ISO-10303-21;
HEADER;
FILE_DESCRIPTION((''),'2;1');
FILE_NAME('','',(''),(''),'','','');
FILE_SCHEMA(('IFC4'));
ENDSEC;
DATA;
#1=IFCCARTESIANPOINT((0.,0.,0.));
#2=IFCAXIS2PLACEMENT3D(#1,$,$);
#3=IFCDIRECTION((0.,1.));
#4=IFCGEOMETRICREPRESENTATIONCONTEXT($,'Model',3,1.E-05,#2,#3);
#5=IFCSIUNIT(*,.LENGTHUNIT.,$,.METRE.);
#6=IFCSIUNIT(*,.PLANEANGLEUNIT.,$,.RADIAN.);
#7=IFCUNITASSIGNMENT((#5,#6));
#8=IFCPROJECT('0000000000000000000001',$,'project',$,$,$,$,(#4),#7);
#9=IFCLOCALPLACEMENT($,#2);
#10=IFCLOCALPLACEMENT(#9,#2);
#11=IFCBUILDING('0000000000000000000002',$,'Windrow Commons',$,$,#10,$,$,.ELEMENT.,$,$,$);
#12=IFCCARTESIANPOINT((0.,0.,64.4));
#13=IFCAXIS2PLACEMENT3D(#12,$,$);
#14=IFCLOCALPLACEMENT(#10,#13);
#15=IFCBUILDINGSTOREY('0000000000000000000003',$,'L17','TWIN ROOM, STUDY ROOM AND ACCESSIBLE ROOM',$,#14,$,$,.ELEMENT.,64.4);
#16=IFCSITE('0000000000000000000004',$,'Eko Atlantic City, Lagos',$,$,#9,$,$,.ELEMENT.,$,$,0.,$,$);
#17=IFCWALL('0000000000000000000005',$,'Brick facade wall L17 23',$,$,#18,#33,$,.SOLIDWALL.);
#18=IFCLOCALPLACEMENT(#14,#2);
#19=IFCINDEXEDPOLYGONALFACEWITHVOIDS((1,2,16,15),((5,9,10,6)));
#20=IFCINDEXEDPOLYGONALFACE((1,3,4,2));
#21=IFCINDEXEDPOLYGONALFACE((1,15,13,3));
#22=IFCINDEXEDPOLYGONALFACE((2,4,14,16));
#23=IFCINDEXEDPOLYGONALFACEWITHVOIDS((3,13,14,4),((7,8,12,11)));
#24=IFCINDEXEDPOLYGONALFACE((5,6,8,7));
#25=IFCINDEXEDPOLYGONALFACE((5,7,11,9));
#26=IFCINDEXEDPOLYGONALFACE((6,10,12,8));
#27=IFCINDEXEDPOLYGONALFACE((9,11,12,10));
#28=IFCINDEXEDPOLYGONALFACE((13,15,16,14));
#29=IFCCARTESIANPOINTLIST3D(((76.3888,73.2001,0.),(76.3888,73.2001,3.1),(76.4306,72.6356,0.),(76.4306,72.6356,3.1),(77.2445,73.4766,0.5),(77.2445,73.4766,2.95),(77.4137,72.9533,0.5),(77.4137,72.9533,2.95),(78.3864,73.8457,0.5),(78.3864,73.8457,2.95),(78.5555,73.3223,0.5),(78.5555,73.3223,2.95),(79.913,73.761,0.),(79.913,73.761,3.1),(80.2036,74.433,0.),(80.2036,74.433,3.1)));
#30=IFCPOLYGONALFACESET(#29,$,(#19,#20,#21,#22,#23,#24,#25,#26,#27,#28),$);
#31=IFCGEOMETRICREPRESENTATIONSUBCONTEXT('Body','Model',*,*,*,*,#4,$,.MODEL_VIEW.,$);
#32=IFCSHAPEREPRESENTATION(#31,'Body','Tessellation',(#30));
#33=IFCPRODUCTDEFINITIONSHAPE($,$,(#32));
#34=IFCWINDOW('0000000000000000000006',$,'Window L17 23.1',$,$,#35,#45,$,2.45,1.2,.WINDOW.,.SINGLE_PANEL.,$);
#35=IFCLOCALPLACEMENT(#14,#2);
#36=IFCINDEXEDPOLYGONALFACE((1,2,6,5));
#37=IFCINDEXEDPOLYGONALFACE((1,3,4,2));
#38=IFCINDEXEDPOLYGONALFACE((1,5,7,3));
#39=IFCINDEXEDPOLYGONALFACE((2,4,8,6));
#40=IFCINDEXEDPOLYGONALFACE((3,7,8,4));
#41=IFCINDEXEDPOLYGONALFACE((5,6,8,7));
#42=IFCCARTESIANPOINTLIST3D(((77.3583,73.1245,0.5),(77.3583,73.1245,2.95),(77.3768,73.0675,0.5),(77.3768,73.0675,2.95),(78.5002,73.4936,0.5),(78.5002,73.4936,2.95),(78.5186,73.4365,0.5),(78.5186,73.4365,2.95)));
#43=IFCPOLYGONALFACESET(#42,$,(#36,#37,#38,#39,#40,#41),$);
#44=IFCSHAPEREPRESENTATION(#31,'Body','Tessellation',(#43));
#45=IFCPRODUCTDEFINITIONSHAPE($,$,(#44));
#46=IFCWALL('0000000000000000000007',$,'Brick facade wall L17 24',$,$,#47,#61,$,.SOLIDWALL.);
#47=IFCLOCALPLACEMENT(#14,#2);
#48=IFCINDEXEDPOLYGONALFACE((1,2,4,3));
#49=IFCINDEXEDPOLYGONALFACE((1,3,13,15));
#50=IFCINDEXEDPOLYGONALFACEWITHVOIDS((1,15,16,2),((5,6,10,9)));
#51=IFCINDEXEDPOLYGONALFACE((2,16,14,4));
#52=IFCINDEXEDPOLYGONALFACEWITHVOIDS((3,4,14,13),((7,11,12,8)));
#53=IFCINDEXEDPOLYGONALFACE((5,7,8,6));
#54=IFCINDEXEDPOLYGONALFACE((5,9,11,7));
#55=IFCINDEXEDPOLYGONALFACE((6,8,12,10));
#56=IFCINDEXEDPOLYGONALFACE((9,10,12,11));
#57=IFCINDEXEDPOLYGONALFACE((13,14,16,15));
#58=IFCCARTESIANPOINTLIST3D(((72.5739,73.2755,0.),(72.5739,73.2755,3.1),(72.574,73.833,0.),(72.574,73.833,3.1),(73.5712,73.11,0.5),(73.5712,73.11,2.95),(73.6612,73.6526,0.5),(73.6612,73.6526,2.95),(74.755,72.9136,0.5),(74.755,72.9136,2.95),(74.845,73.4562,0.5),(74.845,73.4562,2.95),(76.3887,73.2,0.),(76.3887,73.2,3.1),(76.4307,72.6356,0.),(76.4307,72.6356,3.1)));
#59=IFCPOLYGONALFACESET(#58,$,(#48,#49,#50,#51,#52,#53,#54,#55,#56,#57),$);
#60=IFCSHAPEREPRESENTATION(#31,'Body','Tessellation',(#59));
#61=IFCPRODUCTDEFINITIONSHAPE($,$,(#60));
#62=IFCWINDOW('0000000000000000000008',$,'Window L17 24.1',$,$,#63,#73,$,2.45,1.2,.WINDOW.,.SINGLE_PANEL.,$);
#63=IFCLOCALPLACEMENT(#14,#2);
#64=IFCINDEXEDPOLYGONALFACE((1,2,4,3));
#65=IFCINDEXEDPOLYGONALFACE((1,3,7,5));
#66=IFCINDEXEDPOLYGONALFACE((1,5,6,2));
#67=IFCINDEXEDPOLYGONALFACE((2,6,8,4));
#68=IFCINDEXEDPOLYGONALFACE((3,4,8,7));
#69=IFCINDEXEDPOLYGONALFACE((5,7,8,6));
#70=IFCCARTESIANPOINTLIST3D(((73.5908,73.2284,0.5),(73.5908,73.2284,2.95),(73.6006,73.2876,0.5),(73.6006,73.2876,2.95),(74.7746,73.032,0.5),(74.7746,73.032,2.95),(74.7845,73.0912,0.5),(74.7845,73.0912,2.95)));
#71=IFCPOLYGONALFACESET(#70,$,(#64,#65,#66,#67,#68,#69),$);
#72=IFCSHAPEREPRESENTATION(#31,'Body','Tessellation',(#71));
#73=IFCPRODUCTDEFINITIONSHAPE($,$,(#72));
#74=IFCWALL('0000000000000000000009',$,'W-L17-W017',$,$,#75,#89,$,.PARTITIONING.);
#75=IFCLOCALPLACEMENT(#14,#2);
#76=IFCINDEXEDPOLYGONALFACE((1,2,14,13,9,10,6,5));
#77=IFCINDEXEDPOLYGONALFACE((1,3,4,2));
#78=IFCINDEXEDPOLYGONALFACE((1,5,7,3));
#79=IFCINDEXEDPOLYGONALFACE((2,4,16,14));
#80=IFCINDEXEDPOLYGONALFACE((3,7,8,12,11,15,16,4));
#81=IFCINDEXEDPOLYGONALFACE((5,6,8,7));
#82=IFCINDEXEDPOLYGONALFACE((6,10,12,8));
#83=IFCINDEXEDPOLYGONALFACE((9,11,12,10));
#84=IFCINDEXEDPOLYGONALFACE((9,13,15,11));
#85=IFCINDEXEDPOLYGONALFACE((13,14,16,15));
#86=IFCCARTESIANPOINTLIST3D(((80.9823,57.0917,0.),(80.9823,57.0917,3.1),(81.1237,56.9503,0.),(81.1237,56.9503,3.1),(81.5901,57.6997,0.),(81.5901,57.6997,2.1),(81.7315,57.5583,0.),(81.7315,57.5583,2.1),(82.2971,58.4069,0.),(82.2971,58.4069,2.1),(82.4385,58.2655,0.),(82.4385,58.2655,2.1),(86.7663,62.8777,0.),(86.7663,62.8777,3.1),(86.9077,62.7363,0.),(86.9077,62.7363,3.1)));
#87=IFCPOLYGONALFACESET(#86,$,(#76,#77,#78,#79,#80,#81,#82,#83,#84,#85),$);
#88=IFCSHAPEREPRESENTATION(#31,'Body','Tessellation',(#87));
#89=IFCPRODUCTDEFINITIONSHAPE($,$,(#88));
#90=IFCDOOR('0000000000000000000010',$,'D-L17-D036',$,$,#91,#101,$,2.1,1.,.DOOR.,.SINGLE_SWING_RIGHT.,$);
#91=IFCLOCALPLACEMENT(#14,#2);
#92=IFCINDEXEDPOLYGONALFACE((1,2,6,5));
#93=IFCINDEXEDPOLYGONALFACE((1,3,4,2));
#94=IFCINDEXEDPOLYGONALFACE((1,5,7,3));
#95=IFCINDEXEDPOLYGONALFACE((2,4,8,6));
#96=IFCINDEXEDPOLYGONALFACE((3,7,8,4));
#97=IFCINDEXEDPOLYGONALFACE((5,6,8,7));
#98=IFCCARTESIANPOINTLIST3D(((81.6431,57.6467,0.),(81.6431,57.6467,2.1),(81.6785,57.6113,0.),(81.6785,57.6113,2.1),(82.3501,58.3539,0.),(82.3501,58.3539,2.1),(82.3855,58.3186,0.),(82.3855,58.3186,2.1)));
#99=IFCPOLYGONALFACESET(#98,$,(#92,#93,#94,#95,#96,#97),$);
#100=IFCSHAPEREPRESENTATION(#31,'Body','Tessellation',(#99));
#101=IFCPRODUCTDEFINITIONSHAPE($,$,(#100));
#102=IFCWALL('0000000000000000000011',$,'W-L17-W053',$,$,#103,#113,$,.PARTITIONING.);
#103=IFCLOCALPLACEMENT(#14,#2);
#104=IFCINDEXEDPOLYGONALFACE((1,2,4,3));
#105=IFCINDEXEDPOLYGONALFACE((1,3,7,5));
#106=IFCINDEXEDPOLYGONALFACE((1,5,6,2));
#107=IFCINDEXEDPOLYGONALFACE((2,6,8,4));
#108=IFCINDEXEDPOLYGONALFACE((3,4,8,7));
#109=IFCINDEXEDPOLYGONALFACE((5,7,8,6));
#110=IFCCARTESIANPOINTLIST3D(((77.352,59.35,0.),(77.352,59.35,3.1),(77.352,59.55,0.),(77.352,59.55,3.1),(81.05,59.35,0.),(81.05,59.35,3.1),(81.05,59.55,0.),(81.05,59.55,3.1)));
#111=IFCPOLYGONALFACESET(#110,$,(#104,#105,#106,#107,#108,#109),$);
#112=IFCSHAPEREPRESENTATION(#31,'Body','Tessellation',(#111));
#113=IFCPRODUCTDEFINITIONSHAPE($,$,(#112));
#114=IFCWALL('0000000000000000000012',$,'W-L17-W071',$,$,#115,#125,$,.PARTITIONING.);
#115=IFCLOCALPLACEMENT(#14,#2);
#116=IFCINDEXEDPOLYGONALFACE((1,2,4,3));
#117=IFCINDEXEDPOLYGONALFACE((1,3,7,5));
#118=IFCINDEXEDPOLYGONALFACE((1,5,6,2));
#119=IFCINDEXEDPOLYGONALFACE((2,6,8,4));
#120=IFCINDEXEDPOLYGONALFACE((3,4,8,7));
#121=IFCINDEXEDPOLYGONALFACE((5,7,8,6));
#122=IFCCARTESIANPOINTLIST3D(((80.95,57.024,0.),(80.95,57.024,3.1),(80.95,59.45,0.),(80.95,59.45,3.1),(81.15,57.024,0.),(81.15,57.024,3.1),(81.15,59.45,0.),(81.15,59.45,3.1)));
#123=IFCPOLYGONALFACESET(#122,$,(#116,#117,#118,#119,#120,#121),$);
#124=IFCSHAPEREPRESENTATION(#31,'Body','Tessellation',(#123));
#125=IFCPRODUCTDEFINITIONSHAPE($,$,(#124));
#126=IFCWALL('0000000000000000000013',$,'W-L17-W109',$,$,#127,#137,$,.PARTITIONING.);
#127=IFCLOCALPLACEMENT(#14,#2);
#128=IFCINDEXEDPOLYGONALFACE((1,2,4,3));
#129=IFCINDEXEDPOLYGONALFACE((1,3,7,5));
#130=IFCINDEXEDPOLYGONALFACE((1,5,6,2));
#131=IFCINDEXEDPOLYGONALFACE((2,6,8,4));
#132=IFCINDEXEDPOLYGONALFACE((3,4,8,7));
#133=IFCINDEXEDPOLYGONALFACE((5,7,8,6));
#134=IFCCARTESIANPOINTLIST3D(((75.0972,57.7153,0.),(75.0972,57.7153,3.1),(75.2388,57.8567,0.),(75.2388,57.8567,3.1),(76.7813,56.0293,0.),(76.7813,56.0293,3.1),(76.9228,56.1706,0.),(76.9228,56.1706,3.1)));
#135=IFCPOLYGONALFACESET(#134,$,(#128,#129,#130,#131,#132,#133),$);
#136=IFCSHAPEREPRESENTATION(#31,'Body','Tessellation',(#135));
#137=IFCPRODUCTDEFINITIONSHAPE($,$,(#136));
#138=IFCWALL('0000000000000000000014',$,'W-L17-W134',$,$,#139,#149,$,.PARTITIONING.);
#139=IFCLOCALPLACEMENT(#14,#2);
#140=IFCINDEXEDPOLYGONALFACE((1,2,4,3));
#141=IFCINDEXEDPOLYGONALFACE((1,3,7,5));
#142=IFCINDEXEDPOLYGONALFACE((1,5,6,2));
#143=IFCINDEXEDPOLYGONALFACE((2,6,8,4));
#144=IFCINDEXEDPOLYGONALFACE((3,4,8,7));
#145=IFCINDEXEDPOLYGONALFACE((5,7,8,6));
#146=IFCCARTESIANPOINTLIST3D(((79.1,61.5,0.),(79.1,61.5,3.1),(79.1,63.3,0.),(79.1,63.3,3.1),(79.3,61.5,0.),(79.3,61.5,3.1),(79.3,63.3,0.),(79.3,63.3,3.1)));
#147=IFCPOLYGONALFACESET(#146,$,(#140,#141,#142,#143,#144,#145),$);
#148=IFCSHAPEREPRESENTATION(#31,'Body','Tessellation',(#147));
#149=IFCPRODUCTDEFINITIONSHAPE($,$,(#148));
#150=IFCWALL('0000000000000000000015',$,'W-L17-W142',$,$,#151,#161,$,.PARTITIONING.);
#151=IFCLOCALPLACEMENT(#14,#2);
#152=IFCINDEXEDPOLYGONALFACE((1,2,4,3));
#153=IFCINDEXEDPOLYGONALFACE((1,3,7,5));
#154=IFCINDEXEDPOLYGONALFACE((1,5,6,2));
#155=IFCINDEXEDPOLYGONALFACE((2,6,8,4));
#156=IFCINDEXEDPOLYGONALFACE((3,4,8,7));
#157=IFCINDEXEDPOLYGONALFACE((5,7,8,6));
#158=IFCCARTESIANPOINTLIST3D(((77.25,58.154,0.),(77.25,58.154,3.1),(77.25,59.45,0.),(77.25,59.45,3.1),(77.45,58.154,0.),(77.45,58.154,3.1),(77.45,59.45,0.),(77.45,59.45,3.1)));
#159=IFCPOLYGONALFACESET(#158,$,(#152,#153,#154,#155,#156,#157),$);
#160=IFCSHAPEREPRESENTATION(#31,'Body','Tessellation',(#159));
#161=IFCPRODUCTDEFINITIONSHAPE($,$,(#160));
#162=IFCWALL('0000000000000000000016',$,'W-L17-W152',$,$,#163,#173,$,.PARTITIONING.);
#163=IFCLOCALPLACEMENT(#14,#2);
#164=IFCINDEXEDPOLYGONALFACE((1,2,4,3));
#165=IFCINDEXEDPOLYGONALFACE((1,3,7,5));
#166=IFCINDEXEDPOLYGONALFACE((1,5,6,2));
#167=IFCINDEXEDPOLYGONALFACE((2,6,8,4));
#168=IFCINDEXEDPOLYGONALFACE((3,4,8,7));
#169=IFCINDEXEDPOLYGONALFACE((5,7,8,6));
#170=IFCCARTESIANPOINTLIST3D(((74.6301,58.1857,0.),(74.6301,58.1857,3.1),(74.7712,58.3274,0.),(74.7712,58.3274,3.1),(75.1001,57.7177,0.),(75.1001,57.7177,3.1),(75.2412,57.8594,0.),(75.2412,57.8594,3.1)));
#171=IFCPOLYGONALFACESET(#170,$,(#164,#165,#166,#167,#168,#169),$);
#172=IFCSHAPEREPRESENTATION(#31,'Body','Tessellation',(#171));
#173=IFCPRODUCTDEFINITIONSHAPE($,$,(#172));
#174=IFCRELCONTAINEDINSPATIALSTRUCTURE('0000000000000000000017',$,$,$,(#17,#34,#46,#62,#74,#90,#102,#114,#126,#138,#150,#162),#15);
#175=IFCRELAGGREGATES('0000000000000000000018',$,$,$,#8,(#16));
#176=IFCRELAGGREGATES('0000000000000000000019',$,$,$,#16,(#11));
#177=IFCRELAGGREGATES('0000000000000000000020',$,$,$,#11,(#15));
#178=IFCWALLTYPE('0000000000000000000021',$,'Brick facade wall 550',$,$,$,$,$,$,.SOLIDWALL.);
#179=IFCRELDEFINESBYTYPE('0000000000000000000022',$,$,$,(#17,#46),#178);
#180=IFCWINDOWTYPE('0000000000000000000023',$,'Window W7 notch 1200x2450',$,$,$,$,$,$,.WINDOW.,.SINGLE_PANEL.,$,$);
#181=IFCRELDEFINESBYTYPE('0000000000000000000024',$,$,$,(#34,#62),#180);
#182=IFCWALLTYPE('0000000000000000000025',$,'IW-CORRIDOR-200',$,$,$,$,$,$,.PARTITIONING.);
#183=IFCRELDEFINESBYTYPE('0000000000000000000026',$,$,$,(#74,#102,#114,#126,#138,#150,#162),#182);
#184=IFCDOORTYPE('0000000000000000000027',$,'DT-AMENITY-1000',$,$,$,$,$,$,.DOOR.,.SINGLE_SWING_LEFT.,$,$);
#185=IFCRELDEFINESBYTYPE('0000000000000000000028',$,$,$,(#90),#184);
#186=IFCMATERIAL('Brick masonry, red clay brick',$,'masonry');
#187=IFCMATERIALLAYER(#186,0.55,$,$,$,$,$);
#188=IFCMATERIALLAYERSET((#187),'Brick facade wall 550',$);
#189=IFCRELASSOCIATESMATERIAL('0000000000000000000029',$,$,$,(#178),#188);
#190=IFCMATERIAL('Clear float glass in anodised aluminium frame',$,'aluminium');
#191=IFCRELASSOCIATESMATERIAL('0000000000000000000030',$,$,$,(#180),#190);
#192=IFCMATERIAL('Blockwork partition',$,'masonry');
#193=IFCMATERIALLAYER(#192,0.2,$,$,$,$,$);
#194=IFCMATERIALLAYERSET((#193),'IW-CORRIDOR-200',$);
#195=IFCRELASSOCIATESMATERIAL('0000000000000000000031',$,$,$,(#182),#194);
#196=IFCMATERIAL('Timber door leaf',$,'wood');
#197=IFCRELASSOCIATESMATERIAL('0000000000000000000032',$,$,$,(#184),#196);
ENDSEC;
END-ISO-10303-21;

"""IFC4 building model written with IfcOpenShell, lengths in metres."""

from ifc_helpers import new_model, si_unit, direction, frame, frame_2d, origin, place, context, subcontext, project, spatial, polyline, rectangle, outline, extrude, material, layer, layer_set, type_object, element, fill, save


model = new_model("IFC4")

# Units and contexts
model_context = context("Model", 3, precision=1e-05, world=origin(), true_north=direction((0.0, 1.0)))
body_context = subcontext(model_context, "Body", "Model", "MODEL_VIEW")
ifc_project = project(units=[si_unit("LENGTHUNIT", "METRE"), si_unit("PLANEANGLEUNIT", "RADIAN")], contexts=[model_context])

# Site, building, storey
site_placement = place(None, origin())
site = spatial("IfcSite", under=ifc_project, at=site_placement, Name="Eko Atlantic City, Lagos", CompositionType="ELEMENT", RefElevation=0.0)
building_placement = place(site_placement, origin())
building = spatial("IfcBuilding", under=site, at=building_placement, Name="Windrow Commons", CompositionType="ELEMENT")
storey_placement = place(building_placement, frame((0.0, 0.0, 64.4)))
storey = spatial("IfcBuildingStorey", under=building, at=storey_placement, Name="L17", Description="TWIN ROOM, STUDY ROOM AND ACCESSIBLE ROOM", CompositionType="ELEMENT", Elevation=64.4)

# Walls, openings, windows
ifc_material_1 = material(Name="Brick masonry, red clay brick", Category="masonry")
ifc_layer_1 = layer(ifc_material_1, 0.55)
ifc_layer_set_1 = layer_set([ifc_layer_1], Name="Brick facade wall 550")
wall_type_1 = type_object("IfcWallType", Name="Brick facade wall 550", PredefinedType="SOLIDWALL", material=ifc_layer_set_1)
ifc_material_2 = material(Name="Clear float glass in anodised aluminium frame", Category="aluminium")
window_type = type_object("IfcWindowType", Name="Window W7 notch 1200x2450", PartitioningType="SINGLE_PANEL", PredefinedType="WINDOW", material=ifc_material_2)
wall_1_placement = place(storey_placement, frame((80.0583, 74.097, 0.0), z_axis=(0.0, 0.0, 1.0), x_axis=(-0.951538, -0.30753, 0.0)))
wall_1 = element("IfcWall", 1, at=wall_1_placement, inside=storey, type_object=wall_type_1, Name="Brick facade wall L17 23", PredefinedType="SOLIDWALL", context=body_context, shape_type="SweptSolid", body=[
    extrude(outline(polyline([(-0.2416, -0.275), (3.7675, -0.275), (3.9013, 0.275), (0.2416, 0.275), (-0.2416, -0.275)])), origin(), (0.0, 0.0, 1.0), 3.1),
])
opening_1_placement = place(wall_1_placement, frame((1.6682, 0.0, 0.5)))
opening_1 = element("IfcOpeningElement", 2, at=opening_1_placement, cuts=wall_1, PredefinedType="OPENING", context=body_context, shape_type="SweptSolid", body=[
    extrude(rectangle(XDim=1.2, YDim=2.45, at=frame_2d((0.6, 1.225))), frame((0.0, 0.285, 0.0), z_axis=(0.0, -1.0, 0.0), x_axis=(1.0, 0.0, 0.0)), (0.0, 0.0, 1.0), 0.57),
])
window_1_placement = place(opening_1_placement, origin())
window_1 = element("IfcWindow", 3, at=window_1_placement, inside=storey, type_object=window_type, Name="Window L17 23.1", OverallHeight=2.45, OverallWidth=1.2, PartitioningType="SINGLE_PANEL", PredefinedType="WINDOW", context=body_context, shape_type="SweptSolid", body=[
    extrude(rectangle(XDim=1.2, YDim=2.45, at=frame_2d((0.6, 1.225))), frame((0.0, 0.155, 0.0), z_axis=(0.0, -1.0, 0.0), x_axis=(1.0, 0.0, 0.0)), (0.0, 0.0, 1.0), 0.06),
])
fill(opening_1, window_1)
wall_2_placement = place(storey_placement, frame((76.4097, 72.9178, 0.0), z_axis=(0.0, 0.0, 1.0), x_axis=(-0.986514, 0.163677, 0.0)))
wall_2 = element("IfcWall", 4, at=wall_2_placement, inside=storey, type_object=wall_type_1, Name="Brick facade wall L17 24", PredefinedType="SOLIDWALL", context=body_context, shape_type="SweptSolid", body=[
    extrude(outline(polyline([(0.0669, -0.275), (3.9338, -0.275), (3.8426, 0.275), (-0.0669, 0.275), (0.0669, -0.275)])), origin(), (0.0, 0.0, 1.0), 3.1),
])
opening_2_placement = place(wall_2_placement, frame((1.6317, 0.0, 0.5)))
opening_2 = element("IfcOpeningElement", 5, at=opening_2_placement, cuts=wall_2, PredefinedType="OPENING", context=body_context, shape_type="SweptSolid", body=[
    extrude(rectangle(XDim=1.2, YDim=2.45, at=frame_2d((0.6, 1.225))), frame((0.0, 0.285, 0.0), z_axis=(0.0, -1.0, 0.0), x_axis=(1.0, 0.0, 0.0)), (0.0, 0.0, 1.0), 0.57),
])
window_2_placement = place(opening_2_placement, origin())
window_2 = element("IfcWindow", 6, at=window_2_placement, inside=storey, type_object=window_type, Name="Window L17 24.1", OverallHeight=2.45, OverallWidth=1.2, PartitioningType="SINGLE_PANEL", PredefinedType="WINDOW", context=body_context, shape_type="SweptSolid", body=[
    extrude(rectangle(XDim=1.2, YDim=2.45, at=frame_2d((0.6, 1.225))), frame((0.0, 0.155, 0.0), z_axis=(0.0, -1.0, 0.0), x_axis=(1.0, 0.0, 0.0)), (0.0, 0.0, 1.0), 0.06),
])
fill(opening_2, window_2)

# Wall, opening, door
ifc_material_3 = material(Name="Blockwork partition", Category="masonry")
ifc_layer_2 = layer(ifc_material_3, 0.2)
ifc_layer_set_2 = layer_set([ifc_layer_2], Name="IW-CORRIDOR-200")
wall_type_2 = type_object("IfcWallType", Name="IW-CORRIDOR-200", PredefinedType="PARTITIONING", material=ifc_layer_set_2)
wall_3_placement = place(storey_placement, frame((81.053, 57.021, 0.0), z_axis=(0.0, 0.0, 1.0), x_axis=(0.706985, 0.707229, 0.0)))
wall_3 = element("IfcWall", 7, at=wall_3_placement, inside=storey, type_object=wall_type_2, Name="W-L17-W017", PredefinedType="PARTITIONING", context=body_context, shape_type="SweptSolid", body=[
    extrude(rectangle(XDim=8.1812, YDim=0.2, at=frame_2d((4.0906, 0.0))), origin(), (0.0, 0.0, 1.0), 3.1),
])
opening_3_placement = place(wall_3_placement, frame((0.8597, 0.0, 0.0)))
opening_3 = element("IfcOpeningElement", 8, at=opening_3_placement, cuts=wall_3, PredefinedType="OPENING", context=body_context, shape_type="SweptSolid", body=[
    extrude(rectangle(XDim=1.0, YDim=2.1, at=frame_2d((0.5, 1.05))), frame((0.0, 0.11, 0.0), z_axis=(0.0, -1.0, 0.0), x_axis=(1.0, 0.0, 0.0)), (0.0, 0.0, 1.0), 0.22),
])
ifc_material_4 = material(Name="Timber door leaf", Category="wood")
door_type = type_object("IfcDoorType", Name="DT-AMENITY-1000", OperationType="SINGLE_SWING_LEFT", PredefinedType="DOOR", material=ifc_material_4)
door_placement = place(opening_3_placement, origin())
door = element("IfcDoor", 9, at=door_placement, inside=storey, type_object=door_type, Name="D-L17-D036", OperationType="SINGLE_SWING_RIGHT", OverallHeight=2.1, OverallWidth=1.0, PredefinedType="DOOR", context=body_context, shape_type="SweptSolid", body=[
    extrude(rectangle(XDim=1.0, YDim=2.1, at=frame_2d((0.5, 1.05))), frame((0.0, 0.025, 0.0), z_axis=(0.0, -1.0, 0.0), x_axis=(1.0, 0.0, 0.0)), (0.0, 0.0, 1.0), 0.05),
])
fill(opening_3, door)

# Walls
wall_4_placement = place(storey_placement, frame((77.352, 59.45, 0.0), z_axis=(0.0, 0.0, 1.0), x_axis=(1.0, 0.0, 0.0)))
element("IfcWall", 10, at=wall_4_placement, inside=storey, type_object=wall_type_2, Name="W-L17-W053", PredefinedType="PARTITIONING", context=body_context, shape_type="SweptSolid", body=[
    extrude(rectangle(XDim=3.698, YDim=0.2, at=frame_2d((1.849, 0.0))), origin(), (0.0, 0.0, 1.0), 3.1),
])
wall_5_placement = place(storey_placement, frame((81.05, 57.024, 0.0), z_axis=(0.0, 0.0, 1.0), x_axis=(0.0, 1.0, 0.0)))
element("IfcWall", 11, at=wall_5_placement, inside=storey, type_object=wall_type_2, Name="W-L17-W071", PredefinedType="PARTITIONING", context=body_context, shape_type="SweptSolid", body=[
    extrude(rectangle(XDim=2.426, YDim=0.2, at=frame_2d((1.213, 0.0))), origin(), (0.0, 0.0, 1.0), 3.1),
])
wall_6_placement = place(storey_placement, frame((75.168, 57.786, 0.0), z_axis=(0.0, 0.0, 1.0), x_axis=(0.706687, -0.707526, 0.0)))
element("IfcWall", 12, at=wall_6_placement, inside=storey, type_object=wall_type_2, Name="W-L17-W109", PredefinedType="PARTITIONING", context=body_context, shape_type="SweptSolid", body=[
    extrude(rectangle(XDim=2.383, YDim=0.2, at=frame_2d((1.1915, 0.0))), origin(), (0.0, 0.0, 1.0), 3.1),
])
wall_7_placement = place(storey_placement, frame((79.2, 61.5, 0.0), z_axis=(0.0, 0.0, 1.0), x_axis=(0.0, 1.0, 0.0)))
element("IfcWall", 13, at=wall_7_placement, inside=storey, type_object=wall_type_2, Name="W-L17-W134", PredefinedType="PARTITIONING", context=body_context, shape_type="SweptSolid", body=[
    extrude(rectangle(XDim=1.8, YDim=0.2, at=frame_2d((0.9, 0.0))), origin(), (0.0, 0.0, 1.0), 3.1),
])
wall_8_placement = place(storey_placement, frame((77.35, 58.154, 0.0), z_axis=(0.0, 0.0, 1.0), x_axis=(0.0, 1.0, 0.0)))
element("IfcWall", 14, at=wall_8_placement, inside=storey, type_object=wall_type_2, Name="W-L17-W142", PredefinedType="PARTITIONING", context=body_context, shape_type="SweptSolid", body=[
    extrude(rectangle(XDim=1.296, YDim=0.2, at=frame_2d((0.648, 0.0))), origin(), (0.0, 0.0, 1.0), 3.1),
])
wall_9_placement = place(storey_placement, frame((74.7006, 58.2566, 0.0), z_axis=(0.0, 0.0, 1.0), x_axis=(0.708613, -0.705597, 0.0)))
element("IfcWall", 15, at=wall_9_placement, inside=storey, type_object=wall_type_2, Name="W-L17-W152", PredefinedType="PARTITIONING", context=body_context, shape_type="SweptSolid", body=[
    extrude(rectangle(XDim=0.6633, YDim=0.2, at=frame_2d((0.3317, 0.0))), origin(), (0.0, 0.0, 1.0), 3.1),
])

save(model, "model.ifc")
